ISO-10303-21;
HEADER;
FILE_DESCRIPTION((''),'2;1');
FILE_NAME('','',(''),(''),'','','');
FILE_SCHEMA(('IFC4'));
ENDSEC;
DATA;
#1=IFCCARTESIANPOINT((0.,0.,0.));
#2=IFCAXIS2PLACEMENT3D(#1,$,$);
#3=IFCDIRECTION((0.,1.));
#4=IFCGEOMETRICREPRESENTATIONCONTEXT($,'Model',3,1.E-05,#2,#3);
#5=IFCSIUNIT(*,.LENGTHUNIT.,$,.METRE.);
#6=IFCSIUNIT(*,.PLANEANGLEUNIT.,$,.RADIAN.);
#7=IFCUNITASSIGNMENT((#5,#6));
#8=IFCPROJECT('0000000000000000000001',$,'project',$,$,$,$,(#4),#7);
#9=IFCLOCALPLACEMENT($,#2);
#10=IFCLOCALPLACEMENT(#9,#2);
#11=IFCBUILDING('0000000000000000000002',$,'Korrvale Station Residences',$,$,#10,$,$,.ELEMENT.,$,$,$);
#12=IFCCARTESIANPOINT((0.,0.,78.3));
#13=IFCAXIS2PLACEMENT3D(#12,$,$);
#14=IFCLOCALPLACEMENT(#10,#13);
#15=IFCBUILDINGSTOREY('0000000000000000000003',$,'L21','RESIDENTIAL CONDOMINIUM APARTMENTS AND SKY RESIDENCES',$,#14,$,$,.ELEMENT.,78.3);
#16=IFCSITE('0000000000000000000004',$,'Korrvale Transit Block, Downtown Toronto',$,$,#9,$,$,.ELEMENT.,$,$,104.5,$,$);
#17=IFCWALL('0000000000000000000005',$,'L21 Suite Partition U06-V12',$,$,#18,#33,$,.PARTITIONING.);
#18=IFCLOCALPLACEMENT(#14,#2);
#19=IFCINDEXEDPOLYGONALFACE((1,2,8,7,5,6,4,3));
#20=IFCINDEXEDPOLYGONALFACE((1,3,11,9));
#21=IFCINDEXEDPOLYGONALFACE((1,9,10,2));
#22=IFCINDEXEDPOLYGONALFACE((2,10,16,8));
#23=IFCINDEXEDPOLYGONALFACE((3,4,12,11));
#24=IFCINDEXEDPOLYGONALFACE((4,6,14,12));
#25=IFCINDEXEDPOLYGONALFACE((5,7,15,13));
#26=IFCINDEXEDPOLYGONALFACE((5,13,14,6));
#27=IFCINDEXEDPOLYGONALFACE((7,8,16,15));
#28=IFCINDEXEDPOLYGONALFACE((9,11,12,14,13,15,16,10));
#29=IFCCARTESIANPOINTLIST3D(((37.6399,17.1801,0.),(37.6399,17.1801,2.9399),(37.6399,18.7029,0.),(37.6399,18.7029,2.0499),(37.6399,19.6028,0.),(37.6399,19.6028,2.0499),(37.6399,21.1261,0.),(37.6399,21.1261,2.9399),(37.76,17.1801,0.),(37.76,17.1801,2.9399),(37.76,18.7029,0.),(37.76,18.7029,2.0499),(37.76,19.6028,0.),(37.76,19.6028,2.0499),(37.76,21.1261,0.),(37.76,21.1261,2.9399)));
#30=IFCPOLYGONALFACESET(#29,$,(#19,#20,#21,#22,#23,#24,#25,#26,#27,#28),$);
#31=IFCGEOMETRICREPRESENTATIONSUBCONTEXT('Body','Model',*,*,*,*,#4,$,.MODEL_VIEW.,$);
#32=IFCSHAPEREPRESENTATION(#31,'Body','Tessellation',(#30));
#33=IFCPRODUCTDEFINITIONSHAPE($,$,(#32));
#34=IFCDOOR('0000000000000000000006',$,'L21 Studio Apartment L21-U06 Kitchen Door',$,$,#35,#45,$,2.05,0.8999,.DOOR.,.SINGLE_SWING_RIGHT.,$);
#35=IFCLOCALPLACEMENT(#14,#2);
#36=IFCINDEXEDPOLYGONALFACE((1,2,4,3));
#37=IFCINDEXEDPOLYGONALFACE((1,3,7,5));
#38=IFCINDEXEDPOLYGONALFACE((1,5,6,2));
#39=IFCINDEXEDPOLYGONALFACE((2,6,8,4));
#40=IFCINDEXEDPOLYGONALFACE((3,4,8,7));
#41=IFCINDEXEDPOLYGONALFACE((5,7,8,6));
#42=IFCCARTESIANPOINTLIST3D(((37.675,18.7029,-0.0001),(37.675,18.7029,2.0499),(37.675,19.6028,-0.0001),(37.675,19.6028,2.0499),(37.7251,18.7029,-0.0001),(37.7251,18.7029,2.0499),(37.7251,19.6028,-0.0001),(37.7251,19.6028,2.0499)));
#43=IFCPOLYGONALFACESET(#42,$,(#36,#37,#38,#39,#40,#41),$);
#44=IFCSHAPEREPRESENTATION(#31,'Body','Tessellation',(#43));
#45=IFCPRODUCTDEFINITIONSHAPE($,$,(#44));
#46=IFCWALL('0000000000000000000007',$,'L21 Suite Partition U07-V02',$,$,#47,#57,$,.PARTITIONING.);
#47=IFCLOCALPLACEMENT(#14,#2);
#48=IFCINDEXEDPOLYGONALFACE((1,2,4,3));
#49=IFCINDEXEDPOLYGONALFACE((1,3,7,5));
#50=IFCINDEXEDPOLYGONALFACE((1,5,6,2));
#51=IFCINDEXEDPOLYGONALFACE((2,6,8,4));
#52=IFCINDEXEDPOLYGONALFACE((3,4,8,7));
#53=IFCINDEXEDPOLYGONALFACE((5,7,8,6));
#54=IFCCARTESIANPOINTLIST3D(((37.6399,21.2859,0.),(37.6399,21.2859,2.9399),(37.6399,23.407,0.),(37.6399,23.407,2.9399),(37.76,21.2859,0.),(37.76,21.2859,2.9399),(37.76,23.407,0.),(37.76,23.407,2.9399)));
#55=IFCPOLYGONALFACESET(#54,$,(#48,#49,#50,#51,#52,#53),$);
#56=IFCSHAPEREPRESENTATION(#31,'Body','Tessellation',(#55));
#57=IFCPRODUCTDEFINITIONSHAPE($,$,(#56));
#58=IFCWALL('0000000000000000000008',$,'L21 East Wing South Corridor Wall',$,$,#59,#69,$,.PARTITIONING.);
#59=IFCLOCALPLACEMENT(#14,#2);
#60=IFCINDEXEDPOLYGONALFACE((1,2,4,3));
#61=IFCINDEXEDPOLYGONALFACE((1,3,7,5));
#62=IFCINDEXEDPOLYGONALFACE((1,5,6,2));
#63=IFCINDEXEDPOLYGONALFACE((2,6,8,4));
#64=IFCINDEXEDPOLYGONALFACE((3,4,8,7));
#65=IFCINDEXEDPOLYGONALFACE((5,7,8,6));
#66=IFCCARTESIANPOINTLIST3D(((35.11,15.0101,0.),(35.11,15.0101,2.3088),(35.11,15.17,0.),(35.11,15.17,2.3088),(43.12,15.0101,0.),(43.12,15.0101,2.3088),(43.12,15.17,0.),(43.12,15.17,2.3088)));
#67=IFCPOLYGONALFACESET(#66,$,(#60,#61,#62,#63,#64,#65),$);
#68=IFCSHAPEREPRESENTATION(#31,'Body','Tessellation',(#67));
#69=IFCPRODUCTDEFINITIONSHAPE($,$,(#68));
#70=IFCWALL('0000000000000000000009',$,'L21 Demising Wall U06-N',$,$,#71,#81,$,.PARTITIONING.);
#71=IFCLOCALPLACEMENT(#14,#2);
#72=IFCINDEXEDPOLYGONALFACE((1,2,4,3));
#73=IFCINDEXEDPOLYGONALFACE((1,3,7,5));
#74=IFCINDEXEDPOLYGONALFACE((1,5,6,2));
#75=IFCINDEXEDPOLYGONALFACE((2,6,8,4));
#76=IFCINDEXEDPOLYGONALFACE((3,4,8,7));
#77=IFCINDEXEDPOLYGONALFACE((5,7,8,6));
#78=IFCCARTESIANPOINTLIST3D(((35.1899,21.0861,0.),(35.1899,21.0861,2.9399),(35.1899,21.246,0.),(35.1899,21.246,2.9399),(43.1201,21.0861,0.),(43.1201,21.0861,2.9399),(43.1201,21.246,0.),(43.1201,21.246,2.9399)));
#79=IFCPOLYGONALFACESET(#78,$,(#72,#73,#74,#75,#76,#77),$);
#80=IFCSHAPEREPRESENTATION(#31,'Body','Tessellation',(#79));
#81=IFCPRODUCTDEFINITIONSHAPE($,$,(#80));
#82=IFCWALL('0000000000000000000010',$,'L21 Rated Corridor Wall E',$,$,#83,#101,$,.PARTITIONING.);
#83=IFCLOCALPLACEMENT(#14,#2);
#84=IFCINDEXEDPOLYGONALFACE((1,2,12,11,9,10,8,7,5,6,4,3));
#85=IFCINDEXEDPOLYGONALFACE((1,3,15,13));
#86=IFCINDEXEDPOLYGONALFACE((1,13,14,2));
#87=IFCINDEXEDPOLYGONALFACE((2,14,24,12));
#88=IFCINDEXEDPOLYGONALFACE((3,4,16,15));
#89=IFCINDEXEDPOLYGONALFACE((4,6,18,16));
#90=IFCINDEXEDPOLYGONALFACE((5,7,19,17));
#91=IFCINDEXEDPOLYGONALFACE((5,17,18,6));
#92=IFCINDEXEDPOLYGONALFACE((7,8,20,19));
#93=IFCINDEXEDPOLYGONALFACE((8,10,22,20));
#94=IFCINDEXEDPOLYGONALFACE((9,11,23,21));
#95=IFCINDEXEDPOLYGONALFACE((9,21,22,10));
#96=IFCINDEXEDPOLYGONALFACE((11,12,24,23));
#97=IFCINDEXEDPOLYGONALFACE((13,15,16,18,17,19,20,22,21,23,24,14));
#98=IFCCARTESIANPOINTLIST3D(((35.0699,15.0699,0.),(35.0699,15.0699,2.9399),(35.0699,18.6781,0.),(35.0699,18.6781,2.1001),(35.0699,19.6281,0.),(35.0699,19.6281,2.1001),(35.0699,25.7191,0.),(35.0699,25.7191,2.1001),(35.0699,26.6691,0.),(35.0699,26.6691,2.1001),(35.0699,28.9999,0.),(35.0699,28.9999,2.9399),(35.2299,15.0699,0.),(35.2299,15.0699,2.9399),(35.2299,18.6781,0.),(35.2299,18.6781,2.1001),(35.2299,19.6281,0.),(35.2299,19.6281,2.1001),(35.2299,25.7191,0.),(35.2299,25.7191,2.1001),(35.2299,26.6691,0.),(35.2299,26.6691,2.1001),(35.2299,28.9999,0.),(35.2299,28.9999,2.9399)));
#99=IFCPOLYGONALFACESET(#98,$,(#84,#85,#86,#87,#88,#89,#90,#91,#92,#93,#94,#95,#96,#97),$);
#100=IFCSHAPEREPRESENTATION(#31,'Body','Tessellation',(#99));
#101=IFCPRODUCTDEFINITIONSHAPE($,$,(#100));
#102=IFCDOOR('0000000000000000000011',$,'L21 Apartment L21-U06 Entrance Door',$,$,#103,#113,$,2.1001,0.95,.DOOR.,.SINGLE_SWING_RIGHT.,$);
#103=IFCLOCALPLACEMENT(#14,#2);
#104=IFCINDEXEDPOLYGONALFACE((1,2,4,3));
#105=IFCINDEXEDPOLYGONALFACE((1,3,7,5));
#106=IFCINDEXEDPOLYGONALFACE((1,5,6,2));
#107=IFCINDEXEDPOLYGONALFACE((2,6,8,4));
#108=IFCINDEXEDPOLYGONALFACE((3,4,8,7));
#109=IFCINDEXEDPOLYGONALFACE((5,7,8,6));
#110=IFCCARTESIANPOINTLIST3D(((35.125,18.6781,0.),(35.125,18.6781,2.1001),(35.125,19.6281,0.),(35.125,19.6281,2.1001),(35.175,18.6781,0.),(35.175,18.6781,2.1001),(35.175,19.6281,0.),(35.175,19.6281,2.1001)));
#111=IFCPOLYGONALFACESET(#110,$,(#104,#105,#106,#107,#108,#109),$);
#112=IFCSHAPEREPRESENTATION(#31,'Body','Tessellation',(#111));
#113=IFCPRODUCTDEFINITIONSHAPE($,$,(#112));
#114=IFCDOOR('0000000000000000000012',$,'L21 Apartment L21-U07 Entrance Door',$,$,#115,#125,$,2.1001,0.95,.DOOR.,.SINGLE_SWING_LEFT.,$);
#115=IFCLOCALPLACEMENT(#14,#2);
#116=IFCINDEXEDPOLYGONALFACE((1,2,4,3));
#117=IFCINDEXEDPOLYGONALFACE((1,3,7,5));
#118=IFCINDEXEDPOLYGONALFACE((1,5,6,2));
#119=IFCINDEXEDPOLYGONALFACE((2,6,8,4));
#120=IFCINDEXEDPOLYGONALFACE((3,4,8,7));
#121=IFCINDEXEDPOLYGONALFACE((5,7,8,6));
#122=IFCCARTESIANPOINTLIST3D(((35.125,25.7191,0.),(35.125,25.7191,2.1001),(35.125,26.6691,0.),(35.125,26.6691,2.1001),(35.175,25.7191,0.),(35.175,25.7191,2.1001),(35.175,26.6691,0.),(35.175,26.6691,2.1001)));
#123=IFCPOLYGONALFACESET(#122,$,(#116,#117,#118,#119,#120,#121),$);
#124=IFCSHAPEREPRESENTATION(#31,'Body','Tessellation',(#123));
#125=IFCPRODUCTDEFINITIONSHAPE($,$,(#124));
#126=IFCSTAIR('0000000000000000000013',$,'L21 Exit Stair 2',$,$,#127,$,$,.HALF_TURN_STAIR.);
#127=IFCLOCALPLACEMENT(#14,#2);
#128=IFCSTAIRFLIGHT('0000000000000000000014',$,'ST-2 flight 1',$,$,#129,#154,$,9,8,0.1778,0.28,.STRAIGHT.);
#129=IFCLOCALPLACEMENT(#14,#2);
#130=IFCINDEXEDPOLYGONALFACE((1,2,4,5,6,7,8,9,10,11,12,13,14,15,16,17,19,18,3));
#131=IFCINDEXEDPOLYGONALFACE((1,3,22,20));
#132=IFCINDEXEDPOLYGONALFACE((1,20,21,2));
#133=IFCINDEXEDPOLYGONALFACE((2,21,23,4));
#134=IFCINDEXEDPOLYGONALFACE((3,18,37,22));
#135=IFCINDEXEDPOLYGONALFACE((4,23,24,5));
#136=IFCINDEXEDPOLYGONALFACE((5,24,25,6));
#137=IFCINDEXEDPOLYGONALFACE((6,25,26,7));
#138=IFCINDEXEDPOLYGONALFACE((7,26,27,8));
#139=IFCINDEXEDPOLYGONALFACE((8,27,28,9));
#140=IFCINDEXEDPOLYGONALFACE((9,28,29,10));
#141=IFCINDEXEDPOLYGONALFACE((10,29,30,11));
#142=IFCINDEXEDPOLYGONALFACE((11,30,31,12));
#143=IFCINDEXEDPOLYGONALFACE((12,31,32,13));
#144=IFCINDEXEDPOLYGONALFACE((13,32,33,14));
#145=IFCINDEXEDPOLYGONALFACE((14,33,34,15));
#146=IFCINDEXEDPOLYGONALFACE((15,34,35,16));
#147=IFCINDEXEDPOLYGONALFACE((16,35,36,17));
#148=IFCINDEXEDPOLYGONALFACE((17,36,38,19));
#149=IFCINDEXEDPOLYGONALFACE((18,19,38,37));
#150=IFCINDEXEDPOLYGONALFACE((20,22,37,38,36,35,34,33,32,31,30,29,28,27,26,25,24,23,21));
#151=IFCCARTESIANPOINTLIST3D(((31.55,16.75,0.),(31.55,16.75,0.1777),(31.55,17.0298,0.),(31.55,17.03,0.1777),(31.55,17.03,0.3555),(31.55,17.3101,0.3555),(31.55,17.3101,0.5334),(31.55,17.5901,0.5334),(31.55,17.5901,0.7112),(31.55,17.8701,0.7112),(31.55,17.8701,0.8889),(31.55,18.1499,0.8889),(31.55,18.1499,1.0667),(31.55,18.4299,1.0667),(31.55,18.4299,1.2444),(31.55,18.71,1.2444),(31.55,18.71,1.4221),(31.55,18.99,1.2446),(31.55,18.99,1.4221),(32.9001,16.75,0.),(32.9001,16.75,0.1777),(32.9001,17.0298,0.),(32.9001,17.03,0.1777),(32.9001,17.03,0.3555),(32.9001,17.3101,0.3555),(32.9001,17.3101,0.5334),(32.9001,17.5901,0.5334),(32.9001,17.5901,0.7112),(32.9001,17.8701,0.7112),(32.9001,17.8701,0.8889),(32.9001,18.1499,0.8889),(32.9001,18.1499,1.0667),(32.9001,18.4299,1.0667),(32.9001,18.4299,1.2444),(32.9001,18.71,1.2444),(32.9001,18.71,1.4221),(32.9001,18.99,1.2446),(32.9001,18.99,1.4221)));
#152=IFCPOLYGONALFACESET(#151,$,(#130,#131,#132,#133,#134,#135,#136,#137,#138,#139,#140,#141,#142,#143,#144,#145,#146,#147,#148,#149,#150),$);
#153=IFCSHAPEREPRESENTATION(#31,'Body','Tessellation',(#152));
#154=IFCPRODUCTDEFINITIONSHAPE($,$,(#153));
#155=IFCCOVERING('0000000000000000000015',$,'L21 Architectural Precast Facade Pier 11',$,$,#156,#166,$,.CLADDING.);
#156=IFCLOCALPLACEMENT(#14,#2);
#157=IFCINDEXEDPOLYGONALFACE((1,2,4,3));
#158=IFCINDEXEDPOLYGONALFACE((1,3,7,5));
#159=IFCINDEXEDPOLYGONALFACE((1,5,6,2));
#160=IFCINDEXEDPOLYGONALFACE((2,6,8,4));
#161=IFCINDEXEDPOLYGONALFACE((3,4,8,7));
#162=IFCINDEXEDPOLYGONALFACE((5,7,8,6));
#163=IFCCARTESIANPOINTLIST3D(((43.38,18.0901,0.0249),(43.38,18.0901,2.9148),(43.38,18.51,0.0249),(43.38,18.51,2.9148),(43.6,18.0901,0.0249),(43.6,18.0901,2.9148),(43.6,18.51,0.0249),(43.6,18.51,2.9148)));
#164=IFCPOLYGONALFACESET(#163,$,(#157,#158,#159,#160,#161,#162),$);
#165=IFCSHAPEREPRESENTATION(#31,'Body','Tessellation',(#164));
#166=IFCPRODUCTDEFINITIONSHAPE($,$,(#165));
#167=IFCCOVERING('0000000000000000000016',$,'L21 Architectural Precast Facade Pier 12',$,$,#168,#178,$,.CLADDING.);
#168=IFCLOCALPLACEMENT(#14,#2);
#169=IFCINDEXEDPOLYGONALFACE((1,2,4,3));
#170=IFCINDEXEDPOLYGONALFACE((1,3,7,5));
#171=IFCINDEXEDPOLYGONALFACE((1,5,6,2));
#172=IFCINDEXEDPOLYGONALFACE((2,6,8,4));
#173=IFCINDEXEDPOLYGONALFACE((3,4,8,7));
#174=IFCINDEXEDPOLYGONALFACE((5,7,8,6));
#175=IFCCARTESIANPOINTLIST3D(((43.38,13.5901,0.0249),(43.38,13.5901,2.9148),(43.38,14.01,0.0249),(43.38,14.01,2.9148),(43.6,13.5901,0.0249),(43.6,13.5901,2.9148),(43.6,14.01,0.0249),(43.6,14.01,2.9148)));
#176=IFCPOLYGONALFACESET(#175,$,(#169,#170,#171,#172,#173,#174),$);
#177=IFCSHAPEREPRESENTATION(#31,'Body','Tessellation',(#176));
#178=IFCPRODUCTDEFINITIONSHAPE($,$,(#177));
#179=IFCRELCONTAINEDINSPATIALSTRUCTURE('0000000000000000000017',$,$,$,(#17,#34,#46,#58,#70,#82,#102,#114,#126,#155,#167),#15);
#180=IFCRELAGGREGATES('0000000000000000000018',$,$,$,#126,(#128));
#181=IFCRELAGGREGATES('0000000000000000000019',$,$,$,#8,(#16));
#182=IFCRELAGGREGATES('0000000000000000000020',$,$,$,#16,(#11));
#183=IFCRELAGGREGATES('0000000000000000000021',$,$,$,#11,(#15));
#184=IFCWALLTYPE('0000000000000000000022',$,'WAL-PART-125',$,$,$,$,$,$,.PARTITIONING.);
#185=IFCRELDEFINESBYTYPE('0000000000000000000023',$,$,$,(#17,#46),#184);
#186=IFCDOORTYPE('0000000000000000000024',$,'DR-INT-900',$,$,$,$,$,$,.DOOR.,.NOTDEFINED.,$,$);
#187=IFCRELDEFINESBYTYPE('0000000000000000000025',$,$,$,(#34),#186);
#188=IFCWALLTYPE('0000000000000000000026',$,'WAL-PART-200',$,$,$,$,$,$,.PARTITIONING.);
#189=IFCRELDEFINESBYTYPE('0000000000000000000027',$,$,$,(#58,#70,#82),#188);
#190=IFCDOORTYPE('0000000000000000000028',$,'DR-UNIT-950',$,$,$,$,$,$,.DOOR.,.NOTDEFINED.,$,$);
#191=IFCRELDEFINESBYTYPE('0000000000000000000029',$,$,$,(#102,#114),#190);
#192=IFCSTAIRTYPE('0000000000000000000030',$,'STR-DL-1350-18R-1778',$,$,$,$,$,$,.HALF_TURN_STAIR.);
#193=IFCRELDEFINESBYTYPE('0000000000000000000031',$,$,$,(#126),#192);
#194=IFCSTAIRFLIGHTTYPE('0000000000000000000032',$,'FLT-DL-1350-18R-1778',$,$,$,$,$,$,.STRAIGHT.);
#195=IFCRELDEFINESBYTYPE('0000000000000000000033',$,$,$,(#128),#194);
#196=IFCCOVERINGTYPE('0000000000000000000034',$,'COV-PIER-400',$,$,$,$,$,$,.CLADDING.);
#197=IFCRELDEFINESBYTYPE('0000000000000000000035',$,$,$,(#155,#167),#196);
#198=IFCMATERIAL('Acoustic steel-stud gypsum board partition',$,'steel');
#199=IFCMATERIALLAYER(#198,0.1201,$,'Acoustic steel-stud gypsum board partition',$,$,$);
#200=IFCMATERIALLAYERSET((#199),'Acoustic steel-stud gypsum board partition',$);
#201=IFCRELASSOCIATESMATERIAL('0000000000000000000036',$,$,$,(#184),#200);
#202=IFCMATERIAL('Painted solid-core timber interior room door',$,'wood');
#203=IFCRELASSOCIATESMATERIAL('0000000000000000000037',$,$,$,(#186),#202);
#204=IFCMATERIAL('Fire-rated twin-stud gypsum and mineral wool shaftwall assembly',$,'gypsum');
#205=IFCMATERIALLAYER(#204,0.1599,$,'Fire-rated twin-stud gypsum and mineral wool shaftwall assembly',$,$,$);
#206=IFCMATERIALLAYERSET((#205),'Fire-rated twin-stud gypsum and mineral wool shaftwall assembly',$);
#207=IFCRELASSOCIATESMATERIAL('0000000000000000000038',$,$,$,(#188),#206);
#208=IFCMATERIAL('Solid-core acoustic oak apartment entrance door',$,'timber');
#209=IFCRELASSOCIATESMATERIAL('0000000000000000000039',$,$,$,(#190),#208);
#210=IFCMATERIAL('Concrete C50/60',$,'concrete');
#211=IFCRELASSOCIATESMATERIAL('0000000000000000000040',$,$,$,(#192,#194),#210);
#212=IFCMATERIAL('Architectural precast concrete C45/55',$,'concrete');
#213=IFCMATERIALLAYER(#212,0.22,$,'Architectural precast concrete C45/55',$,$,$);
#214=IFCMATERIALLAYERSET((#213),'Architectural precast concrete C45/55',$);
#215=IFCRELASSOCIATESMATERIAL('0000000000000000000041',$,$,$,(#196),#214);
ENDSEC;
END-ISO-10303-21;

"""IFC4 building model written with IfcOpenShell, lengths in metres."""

from ifc_helpers import new_model, si_unit, direction, frame, frame_2d, origin, origin_2d, place, context, subcontext, project, spatial, polyline, rectangle, outline, extrude, material, layer, layer_set, type_object, element, fill, aggregate, save


model = new_model("IFC4")

# Units and contexts
model_context = context("Model", 3, precision=1e-05, world=origin(), true_north=direction((0.0, 1.0)))
body_context = subcontext(model_context, "Body", "Model", "MODEL_VIEW")
ifc_project = project(units=[si_unit("LENGTHUNIT", "METRE"), si_unit("PLANEANGLEUNIT", "RADIAN")], contexts=[model_context])

# Site, building, storey
site_placement = place(None, origin())
site = spatial("IfcSite", under=ifc_project, at=site_placement, Name="Korrvale Transit Block, Downtown Toronto", CompositionType="ELEMENT", RefElevation=104.5)
building_placement = place(site_placement, origin())
building = spatial("IfcBuilding", under=site, at=building_placement, Name="Korrvale Station Residences", CompositionType="ELEMENT")
storey_placement = place(building_placement, frame((0.0, 0.0, 78.3)))
storey = spatial("IfcBuildingStorey", under=building, at=storey_placement, Name="L21", Description="RESIDENTIAL CONDOMINIUM APARTMENTS AND SKY RESIDENCES", CompositionType="ELEMENT", Elevation=78.3)

# Shared definitions
ifc_material_1 = material(Name="Acoustic steel-stud gypsum board partition", Category="steel")
ifc_layer_1 = layer(ifc_material_1, 0.1201, Name="Acoustic steel-stud gypsum board partition")
ifc_layer_set_1 = layer_set([ifc_layer_1], Name="Acoustic steel-stud gypsum board partition")
wall_type_1 = type_object("IfcWallType", Name="WAL-PART-125", PredefinedType="PARTITIONING", material=ifc_layer_set_1)

# Wall, opening, door
wall_1_placement = place(storey_placement, frame((37.7, 17.1799, 0.0), z_axis=(0.0, 0.0, 1.0), x_axis=(0.0, 1.0, 0.0)))
wall_1 = element("IfcWall", 1, at=wall_1_placement, inside=storey, type_object=wall_type_1, Name="L21 Suite Partition U06-V12", PredefinedType="PARTITIONING", context=body_context, shape_type="SweptSolid", body=[
    extrude(rectangle(XDim=3.946, YDim=0.1201, at=frame_2d((1.9731, 0.0))), origin(), (0.0, 0.0, 1.0), 2.9399),
])
opening_1_placement = place(wall_1_placement, frame((1.5229, 0.0, 0.0)))
opening_1 = element("IfcOpeningElement", 2, at=opening_1_placement, cuts=wall_1, PredefinedType="OPENING", context=body_context, shape_type="SweptSolid", body=[
    extrude(rectangle(XDim=0.8999, YDim=2.05, at=frame_2d((0.45, 1.0249))), frame((0.0, 0.0701, 0.0), z_axis=(0.0, -1.0, 0.0), x_axis=(1.0, 0.0, 0.0)), (0.0, 0.0, 1.0), 0.1401),
])
ifc_material_2 = material(Name="Painted solid-core timber interior room door", Category="wood")
door_type_1 = type_object("IfcDoorType", Name="DR-INT-900", OperationType="NOTDEFINED", PredefinedType="DOOR", material=ifc_material_2)
door_1_placement = place(opening_1_placement, origin())
door_1 = element("IfcDoor", 3, at=door_1_placement, inside=storey, type_object=door_type_1, Name="L21 Studio Apartment L21-U06 Kitchen Door", OperationType="SINGLE_SWING_RIGHT", OverallHeight=2.05, OverallWidth=0.8999, PredefinedType="DOOR", context=body_context, shape_type="SweptSolid", body=[
    extrude(rectangle(XDim=0.8999, YDim=2.05, at=frame_2d((0.45, 1.0249))), frame((0.0, 0.0249, 0.0), z_axis=(0.0, -1.0, 0.0), x_axis=(1.0, 0.0, 0.0)), (0.0, 0.0, 1.0), 0.05),
])
fill(opening_1, door_1)

# Walls
wall_2_placement = place(storey_placement, frame((37.7, 21.2859, 0.0), z_axis=(0.0, 0.0, 1.0), x_axis=(0.0, 1.0, 0.0)))
element("IfcWall", 4, at=wall_2_placement, inside=storey, type_object=wall_type_1, Name="L21 Suite Partition U07-V02", PredefinedType="PARTITIONING", context=body_context, shape_type="SweptSolid", body=[
    extrude(rectangle(XDim=2.1211, YDim=0.1201, at=frame_2d((1.0605, 0.0))), origin(), (0.0, 0.0, 1.0), 2.9399),
])
ifc_material_3 = material(Name="Fire-rated twin-stud gypsum and mineral wool shaftwall assembly", Category="gypsum")
ifc_layer_2 = layer(ifc_material_3, 0.1599, Name="Fire-rated twin-stud gypsum and mineral wool shaftwall assembly")
ifc_layer_set_2 = layer_set([ifc_layer_2], Name="Fire-rated twin-stud gypsum and mineral wool shaftwall assembly")
wall_type_2 = type_object("IfcWallType", Name="WAL-PART-200", PredefinedType="PARTITIONING", material=ifc_layer_set_2)
wall_3_placement = place(storey_placement, frame((35.1101, 15.0901, 0.0), z_axis=(0.0, 0.0, 1.0), x_axis=(1.0, 0.0, 0.0)))
element("IfcWall", 5, at=wall_3_placement, inside=storey, type_object=wall_type_2, Name="L21 East Wing South Corridor Wall", PredefinedType="PARTITIONING", context=body_context, shape_type="SweptSolid", body=[
    extrude(rectangle(XDim=8.01, YDim=0.1599, at=frame_2d((4.0049, 0.0))), origin(), (0.0, 0.0, 1.0), 2.3088),
])
wall_4_placement = place(storey_placement, frame((35.1899, 21.166, 0.0), z_axis=(0.0, 0.0, 1.0), x_axis=(1.0, 0.0, 0.0)))
element("IfcWall", 6, at=wall_4_placement, inside=storey, type_object=wall_type_2, Name="L21 Demising Wall U06-N", PredefinedType="PARTITIONING", context=body_context, shape_type="SweptSolid", body=[
    extrude(rectangle(XDim=7.9302, YDim=0.1599, at=frame_2d((3.9651, 0.0))), origin(), (0.0, 0.0, 1.0), 2.9399),
])

# Wall, openings, doors
wall_5_placement = place(storey_placement, frame((35.1499, 15.0701, 0.0), z_axis=(0.0, 0.0, 1.0), x_axis=(0.0, 1.0, 0.0)))
wall_5 = element("IfcWall", 7, at=wall_5_placement, inside=storey, type_object=wall_type_2, Name="L21 Rated Corridor Wall E", PredefinedType="PARTITIONING", context=body_context, shape_type="SweptSolid", body=[
    extrude(rectangle(XDim=13.9299, YDim=0.1599, at=frame_2d((6.9648, 0.0))), origin(), (0.0, 0.0, 1.0), 2.9399),
])
opening_2_placement = place(wall_5_placement, frame((3.6079, 0.0, 0.0)))
opening_2 = element("IfcOpeningElement", 8, at=opening_2_placement, cuts=wall_5, PredefinedType="OPENING", context=body_context, shape_type="SweptSolid", body=[
    extrude(rectangle(XDim=0.95, YDim=2.1001, at=frame_2d((0.4751, 1.05))), frame((0.0, 0.0898, 0.0), z_axis=(0.0, -1.0, 0.0), x_axis=(1.0, 0.0, 0.0)), (0.0, 0.0, 1.0), 0.1799),
])
opening_3_placement = place(wall_5_placement, frame((10.6489, 0.0, 0.0)))
opening_3 = element("IfcOpeningElement", 9, at=opening_3_placement, cuts=wall_5, PredefinedType="OPENING", context=body_context, shape_type="SweptSolid", body=[
    extrude(rectangle(XDim=0.95, YDim=2.1001, at=frame_2d((0.4751, 1.05))), frame((0.0, 0.0898, 0.0), z_axis=(0.0, -1.0, 0.0), x_axis=(1.0, 0.0, 0.0)), (0.0, 0.0, 1.0), 0.1799),
])
ifc_material_4 = material(Name="Solid-core acoustic oak apartment entrance door", Category="timber")
door_type_2 = type_object("IfcDoorType", Name="DR-UNIT-950", OperationType="NOTDEFINED", PredefinedType="DOOR", material=ifc_material_4)
door_2_placement = place(opening_2_placement, origin())
door_2 = element("IfcDoor", 10, at=door_2_placement, inside=storey, type_object=door_type_2, Name="L21 Apartment L21-U06 Entrance Door", OperationType="SINGLE_SWING_RIGHT", OverallHeight=2.1001, OverallWidth=0.95, PredefinedType="DOOR", context=body_context, shape_type="SweptSolid", body=[
    extrude(rectangle(XDim=0.95, YDim=2.1001, at=frame_2d((0.4751, 1.05))), frame((0.0, 0.0249, 0.0), z_axis=(0.0, -1.0, 0.0), x_axis=(1.0, 0.0, 0.0)), (0.0, 0.0, 1.0), 0.05),
])
fill(opening_2, door_2)
door_3_placement = place(opening_3_placement, origin())
door_3 = element("IfcDoor", 11, at=door_3_placement, inside=storey, type_object=door_type_2, Name="L21 Apartment L21-U07 Entrance Door", OperationType="SINGLE_SWING_LEFT", OverallHeight=2.1001, OverallWidth=0.95, PredefinedType="DOOR", context=body_context, shape_type="SweptSolid", body=[
    extrude(rectangle(XDim=0.95, YDim=2.1001, at=frame_2d((0.4751, 1.05))), frame((0.0, 0.0249, 0.0), z_axis=(0.0, -1.0, 0.0), x_axis=(1.0, 0.0, 0.0)), (0.0, 0.0, 1.0), 0.05),
])
fill(opening_3, door_3)

# Stair, stair flight
ifc_material_5 = material(Name="Concrete C50/60", Category="concrete")
stair_type = type_object("IfcStairType", Name="STR-DL-1350-18R-1778", PredefinedType="HALF_TURN_STAIR", material=ifc_material_5)
stair_placement = place(storey_placement, origin())
stair = element("IfcStair", 12, at=stair_placement, inside=storey, type_object=stair_type, Name="L21 Exit Stair 2", PredefinedType="HALF_TURN_STAIR")
stair_flight_type = type_object("IfcStairFlightType", Name="FLT-DL-1350-18R-1778", PredefinedType="STRAIGHT", material=ifc_material_5)
stair_flight_placement = place(storey_placement, frame((32.2251, 16.75, 0.0), z_axis=(0.0, 0.0, 1.0), x_axis=(0.0, 1.0, 0.0)))
stair_flight = element("IfcStairFlight", 13, at=stair_flight_placement, type_object=stair_flight_type, Name="ST-2 flight 1", NumberOfRisers=9, NumberOfTreads=8, PredefinedType="STRAIGHT", RiserHeight=0.1778, TreadLength=0.28, context=body_context, shape_type="SweptSolid", body=[
    extrude(outline(polyline([(0.0, 0.0), (0.0, 0.1777), (0.28, 0.1777), (0.28, 0.3555), (0.5601, 0.3555), (0.5601, 0.5334), (0.8401, 0.5334), (0.8401, 0.7112), (1.1201, 0.7112), (1.1201, 0.8889), (1.3999, 0.8889), (1.3999, 1.0667), (1.6799, 1.0667), (1.6799, 1.2444), (1.96, 1.2444), (1.96, 1.4221), (2.24, 1.4221), (2.24, 1.6001), (2.24, 1.2446), (0.2798, 0.0), (0.0, 0.0)])), frame((0.0, 0.675, 0.0), z_axis=(0.0, -1.0, 0.0), x_axis=(1.0, 0.0, 0.0)), (0.0, 0.0, 1.0), 1.3501),
])
aggregate(stair, [stair_flight])

# Coverings
ifc_material_6 = material(Name="Architectural precast concrete C45/55", Category="concrete")
ifc_layer_3 = layer(ifc_material_6, 0.22, Name="Architectural precast concrete C45/55")
ifc_layer_set_3 = layer_set([ifc_layer_3], Name="Architectural precast concrete C45/55")
covering_type = type_object("IfcCoveringType", Name="COV-PIER-400", PredefinedType="CLADDING", material=ifc_layer_set_3)
for number, where, z_axis, x_axis, name in (
    (14, (43.49, 18.3, 0.0249), (0.0, 0.0, 1.0), (0.0, 1.0, 0.0), "L21 Architectural Precast Facade Pier 11"),
    (15, (43.49, 13.8, 0.0249), (0.0, 0.0, 1.0), (0.0, 1.0, 0.0), "L21 Architectural Precast Facade Pier 12"),
):
    element("IfcCovering", number, at=place(storey_placement, frame(where, z_axis=z_axis, x_axis=x_axis)), inside=storey, type_object=covering_type, Name=name, PredefinedType="CLADDING", context=body_context, shape_type="SweptSolid", body=[
        extrude(rectangle(XDim=0.4199, YDim=0.22, at=origin_2d()), origin(), (0.0, 0.0, 1.0), 2.8899),
    ])

save(model, "model.ifc")
